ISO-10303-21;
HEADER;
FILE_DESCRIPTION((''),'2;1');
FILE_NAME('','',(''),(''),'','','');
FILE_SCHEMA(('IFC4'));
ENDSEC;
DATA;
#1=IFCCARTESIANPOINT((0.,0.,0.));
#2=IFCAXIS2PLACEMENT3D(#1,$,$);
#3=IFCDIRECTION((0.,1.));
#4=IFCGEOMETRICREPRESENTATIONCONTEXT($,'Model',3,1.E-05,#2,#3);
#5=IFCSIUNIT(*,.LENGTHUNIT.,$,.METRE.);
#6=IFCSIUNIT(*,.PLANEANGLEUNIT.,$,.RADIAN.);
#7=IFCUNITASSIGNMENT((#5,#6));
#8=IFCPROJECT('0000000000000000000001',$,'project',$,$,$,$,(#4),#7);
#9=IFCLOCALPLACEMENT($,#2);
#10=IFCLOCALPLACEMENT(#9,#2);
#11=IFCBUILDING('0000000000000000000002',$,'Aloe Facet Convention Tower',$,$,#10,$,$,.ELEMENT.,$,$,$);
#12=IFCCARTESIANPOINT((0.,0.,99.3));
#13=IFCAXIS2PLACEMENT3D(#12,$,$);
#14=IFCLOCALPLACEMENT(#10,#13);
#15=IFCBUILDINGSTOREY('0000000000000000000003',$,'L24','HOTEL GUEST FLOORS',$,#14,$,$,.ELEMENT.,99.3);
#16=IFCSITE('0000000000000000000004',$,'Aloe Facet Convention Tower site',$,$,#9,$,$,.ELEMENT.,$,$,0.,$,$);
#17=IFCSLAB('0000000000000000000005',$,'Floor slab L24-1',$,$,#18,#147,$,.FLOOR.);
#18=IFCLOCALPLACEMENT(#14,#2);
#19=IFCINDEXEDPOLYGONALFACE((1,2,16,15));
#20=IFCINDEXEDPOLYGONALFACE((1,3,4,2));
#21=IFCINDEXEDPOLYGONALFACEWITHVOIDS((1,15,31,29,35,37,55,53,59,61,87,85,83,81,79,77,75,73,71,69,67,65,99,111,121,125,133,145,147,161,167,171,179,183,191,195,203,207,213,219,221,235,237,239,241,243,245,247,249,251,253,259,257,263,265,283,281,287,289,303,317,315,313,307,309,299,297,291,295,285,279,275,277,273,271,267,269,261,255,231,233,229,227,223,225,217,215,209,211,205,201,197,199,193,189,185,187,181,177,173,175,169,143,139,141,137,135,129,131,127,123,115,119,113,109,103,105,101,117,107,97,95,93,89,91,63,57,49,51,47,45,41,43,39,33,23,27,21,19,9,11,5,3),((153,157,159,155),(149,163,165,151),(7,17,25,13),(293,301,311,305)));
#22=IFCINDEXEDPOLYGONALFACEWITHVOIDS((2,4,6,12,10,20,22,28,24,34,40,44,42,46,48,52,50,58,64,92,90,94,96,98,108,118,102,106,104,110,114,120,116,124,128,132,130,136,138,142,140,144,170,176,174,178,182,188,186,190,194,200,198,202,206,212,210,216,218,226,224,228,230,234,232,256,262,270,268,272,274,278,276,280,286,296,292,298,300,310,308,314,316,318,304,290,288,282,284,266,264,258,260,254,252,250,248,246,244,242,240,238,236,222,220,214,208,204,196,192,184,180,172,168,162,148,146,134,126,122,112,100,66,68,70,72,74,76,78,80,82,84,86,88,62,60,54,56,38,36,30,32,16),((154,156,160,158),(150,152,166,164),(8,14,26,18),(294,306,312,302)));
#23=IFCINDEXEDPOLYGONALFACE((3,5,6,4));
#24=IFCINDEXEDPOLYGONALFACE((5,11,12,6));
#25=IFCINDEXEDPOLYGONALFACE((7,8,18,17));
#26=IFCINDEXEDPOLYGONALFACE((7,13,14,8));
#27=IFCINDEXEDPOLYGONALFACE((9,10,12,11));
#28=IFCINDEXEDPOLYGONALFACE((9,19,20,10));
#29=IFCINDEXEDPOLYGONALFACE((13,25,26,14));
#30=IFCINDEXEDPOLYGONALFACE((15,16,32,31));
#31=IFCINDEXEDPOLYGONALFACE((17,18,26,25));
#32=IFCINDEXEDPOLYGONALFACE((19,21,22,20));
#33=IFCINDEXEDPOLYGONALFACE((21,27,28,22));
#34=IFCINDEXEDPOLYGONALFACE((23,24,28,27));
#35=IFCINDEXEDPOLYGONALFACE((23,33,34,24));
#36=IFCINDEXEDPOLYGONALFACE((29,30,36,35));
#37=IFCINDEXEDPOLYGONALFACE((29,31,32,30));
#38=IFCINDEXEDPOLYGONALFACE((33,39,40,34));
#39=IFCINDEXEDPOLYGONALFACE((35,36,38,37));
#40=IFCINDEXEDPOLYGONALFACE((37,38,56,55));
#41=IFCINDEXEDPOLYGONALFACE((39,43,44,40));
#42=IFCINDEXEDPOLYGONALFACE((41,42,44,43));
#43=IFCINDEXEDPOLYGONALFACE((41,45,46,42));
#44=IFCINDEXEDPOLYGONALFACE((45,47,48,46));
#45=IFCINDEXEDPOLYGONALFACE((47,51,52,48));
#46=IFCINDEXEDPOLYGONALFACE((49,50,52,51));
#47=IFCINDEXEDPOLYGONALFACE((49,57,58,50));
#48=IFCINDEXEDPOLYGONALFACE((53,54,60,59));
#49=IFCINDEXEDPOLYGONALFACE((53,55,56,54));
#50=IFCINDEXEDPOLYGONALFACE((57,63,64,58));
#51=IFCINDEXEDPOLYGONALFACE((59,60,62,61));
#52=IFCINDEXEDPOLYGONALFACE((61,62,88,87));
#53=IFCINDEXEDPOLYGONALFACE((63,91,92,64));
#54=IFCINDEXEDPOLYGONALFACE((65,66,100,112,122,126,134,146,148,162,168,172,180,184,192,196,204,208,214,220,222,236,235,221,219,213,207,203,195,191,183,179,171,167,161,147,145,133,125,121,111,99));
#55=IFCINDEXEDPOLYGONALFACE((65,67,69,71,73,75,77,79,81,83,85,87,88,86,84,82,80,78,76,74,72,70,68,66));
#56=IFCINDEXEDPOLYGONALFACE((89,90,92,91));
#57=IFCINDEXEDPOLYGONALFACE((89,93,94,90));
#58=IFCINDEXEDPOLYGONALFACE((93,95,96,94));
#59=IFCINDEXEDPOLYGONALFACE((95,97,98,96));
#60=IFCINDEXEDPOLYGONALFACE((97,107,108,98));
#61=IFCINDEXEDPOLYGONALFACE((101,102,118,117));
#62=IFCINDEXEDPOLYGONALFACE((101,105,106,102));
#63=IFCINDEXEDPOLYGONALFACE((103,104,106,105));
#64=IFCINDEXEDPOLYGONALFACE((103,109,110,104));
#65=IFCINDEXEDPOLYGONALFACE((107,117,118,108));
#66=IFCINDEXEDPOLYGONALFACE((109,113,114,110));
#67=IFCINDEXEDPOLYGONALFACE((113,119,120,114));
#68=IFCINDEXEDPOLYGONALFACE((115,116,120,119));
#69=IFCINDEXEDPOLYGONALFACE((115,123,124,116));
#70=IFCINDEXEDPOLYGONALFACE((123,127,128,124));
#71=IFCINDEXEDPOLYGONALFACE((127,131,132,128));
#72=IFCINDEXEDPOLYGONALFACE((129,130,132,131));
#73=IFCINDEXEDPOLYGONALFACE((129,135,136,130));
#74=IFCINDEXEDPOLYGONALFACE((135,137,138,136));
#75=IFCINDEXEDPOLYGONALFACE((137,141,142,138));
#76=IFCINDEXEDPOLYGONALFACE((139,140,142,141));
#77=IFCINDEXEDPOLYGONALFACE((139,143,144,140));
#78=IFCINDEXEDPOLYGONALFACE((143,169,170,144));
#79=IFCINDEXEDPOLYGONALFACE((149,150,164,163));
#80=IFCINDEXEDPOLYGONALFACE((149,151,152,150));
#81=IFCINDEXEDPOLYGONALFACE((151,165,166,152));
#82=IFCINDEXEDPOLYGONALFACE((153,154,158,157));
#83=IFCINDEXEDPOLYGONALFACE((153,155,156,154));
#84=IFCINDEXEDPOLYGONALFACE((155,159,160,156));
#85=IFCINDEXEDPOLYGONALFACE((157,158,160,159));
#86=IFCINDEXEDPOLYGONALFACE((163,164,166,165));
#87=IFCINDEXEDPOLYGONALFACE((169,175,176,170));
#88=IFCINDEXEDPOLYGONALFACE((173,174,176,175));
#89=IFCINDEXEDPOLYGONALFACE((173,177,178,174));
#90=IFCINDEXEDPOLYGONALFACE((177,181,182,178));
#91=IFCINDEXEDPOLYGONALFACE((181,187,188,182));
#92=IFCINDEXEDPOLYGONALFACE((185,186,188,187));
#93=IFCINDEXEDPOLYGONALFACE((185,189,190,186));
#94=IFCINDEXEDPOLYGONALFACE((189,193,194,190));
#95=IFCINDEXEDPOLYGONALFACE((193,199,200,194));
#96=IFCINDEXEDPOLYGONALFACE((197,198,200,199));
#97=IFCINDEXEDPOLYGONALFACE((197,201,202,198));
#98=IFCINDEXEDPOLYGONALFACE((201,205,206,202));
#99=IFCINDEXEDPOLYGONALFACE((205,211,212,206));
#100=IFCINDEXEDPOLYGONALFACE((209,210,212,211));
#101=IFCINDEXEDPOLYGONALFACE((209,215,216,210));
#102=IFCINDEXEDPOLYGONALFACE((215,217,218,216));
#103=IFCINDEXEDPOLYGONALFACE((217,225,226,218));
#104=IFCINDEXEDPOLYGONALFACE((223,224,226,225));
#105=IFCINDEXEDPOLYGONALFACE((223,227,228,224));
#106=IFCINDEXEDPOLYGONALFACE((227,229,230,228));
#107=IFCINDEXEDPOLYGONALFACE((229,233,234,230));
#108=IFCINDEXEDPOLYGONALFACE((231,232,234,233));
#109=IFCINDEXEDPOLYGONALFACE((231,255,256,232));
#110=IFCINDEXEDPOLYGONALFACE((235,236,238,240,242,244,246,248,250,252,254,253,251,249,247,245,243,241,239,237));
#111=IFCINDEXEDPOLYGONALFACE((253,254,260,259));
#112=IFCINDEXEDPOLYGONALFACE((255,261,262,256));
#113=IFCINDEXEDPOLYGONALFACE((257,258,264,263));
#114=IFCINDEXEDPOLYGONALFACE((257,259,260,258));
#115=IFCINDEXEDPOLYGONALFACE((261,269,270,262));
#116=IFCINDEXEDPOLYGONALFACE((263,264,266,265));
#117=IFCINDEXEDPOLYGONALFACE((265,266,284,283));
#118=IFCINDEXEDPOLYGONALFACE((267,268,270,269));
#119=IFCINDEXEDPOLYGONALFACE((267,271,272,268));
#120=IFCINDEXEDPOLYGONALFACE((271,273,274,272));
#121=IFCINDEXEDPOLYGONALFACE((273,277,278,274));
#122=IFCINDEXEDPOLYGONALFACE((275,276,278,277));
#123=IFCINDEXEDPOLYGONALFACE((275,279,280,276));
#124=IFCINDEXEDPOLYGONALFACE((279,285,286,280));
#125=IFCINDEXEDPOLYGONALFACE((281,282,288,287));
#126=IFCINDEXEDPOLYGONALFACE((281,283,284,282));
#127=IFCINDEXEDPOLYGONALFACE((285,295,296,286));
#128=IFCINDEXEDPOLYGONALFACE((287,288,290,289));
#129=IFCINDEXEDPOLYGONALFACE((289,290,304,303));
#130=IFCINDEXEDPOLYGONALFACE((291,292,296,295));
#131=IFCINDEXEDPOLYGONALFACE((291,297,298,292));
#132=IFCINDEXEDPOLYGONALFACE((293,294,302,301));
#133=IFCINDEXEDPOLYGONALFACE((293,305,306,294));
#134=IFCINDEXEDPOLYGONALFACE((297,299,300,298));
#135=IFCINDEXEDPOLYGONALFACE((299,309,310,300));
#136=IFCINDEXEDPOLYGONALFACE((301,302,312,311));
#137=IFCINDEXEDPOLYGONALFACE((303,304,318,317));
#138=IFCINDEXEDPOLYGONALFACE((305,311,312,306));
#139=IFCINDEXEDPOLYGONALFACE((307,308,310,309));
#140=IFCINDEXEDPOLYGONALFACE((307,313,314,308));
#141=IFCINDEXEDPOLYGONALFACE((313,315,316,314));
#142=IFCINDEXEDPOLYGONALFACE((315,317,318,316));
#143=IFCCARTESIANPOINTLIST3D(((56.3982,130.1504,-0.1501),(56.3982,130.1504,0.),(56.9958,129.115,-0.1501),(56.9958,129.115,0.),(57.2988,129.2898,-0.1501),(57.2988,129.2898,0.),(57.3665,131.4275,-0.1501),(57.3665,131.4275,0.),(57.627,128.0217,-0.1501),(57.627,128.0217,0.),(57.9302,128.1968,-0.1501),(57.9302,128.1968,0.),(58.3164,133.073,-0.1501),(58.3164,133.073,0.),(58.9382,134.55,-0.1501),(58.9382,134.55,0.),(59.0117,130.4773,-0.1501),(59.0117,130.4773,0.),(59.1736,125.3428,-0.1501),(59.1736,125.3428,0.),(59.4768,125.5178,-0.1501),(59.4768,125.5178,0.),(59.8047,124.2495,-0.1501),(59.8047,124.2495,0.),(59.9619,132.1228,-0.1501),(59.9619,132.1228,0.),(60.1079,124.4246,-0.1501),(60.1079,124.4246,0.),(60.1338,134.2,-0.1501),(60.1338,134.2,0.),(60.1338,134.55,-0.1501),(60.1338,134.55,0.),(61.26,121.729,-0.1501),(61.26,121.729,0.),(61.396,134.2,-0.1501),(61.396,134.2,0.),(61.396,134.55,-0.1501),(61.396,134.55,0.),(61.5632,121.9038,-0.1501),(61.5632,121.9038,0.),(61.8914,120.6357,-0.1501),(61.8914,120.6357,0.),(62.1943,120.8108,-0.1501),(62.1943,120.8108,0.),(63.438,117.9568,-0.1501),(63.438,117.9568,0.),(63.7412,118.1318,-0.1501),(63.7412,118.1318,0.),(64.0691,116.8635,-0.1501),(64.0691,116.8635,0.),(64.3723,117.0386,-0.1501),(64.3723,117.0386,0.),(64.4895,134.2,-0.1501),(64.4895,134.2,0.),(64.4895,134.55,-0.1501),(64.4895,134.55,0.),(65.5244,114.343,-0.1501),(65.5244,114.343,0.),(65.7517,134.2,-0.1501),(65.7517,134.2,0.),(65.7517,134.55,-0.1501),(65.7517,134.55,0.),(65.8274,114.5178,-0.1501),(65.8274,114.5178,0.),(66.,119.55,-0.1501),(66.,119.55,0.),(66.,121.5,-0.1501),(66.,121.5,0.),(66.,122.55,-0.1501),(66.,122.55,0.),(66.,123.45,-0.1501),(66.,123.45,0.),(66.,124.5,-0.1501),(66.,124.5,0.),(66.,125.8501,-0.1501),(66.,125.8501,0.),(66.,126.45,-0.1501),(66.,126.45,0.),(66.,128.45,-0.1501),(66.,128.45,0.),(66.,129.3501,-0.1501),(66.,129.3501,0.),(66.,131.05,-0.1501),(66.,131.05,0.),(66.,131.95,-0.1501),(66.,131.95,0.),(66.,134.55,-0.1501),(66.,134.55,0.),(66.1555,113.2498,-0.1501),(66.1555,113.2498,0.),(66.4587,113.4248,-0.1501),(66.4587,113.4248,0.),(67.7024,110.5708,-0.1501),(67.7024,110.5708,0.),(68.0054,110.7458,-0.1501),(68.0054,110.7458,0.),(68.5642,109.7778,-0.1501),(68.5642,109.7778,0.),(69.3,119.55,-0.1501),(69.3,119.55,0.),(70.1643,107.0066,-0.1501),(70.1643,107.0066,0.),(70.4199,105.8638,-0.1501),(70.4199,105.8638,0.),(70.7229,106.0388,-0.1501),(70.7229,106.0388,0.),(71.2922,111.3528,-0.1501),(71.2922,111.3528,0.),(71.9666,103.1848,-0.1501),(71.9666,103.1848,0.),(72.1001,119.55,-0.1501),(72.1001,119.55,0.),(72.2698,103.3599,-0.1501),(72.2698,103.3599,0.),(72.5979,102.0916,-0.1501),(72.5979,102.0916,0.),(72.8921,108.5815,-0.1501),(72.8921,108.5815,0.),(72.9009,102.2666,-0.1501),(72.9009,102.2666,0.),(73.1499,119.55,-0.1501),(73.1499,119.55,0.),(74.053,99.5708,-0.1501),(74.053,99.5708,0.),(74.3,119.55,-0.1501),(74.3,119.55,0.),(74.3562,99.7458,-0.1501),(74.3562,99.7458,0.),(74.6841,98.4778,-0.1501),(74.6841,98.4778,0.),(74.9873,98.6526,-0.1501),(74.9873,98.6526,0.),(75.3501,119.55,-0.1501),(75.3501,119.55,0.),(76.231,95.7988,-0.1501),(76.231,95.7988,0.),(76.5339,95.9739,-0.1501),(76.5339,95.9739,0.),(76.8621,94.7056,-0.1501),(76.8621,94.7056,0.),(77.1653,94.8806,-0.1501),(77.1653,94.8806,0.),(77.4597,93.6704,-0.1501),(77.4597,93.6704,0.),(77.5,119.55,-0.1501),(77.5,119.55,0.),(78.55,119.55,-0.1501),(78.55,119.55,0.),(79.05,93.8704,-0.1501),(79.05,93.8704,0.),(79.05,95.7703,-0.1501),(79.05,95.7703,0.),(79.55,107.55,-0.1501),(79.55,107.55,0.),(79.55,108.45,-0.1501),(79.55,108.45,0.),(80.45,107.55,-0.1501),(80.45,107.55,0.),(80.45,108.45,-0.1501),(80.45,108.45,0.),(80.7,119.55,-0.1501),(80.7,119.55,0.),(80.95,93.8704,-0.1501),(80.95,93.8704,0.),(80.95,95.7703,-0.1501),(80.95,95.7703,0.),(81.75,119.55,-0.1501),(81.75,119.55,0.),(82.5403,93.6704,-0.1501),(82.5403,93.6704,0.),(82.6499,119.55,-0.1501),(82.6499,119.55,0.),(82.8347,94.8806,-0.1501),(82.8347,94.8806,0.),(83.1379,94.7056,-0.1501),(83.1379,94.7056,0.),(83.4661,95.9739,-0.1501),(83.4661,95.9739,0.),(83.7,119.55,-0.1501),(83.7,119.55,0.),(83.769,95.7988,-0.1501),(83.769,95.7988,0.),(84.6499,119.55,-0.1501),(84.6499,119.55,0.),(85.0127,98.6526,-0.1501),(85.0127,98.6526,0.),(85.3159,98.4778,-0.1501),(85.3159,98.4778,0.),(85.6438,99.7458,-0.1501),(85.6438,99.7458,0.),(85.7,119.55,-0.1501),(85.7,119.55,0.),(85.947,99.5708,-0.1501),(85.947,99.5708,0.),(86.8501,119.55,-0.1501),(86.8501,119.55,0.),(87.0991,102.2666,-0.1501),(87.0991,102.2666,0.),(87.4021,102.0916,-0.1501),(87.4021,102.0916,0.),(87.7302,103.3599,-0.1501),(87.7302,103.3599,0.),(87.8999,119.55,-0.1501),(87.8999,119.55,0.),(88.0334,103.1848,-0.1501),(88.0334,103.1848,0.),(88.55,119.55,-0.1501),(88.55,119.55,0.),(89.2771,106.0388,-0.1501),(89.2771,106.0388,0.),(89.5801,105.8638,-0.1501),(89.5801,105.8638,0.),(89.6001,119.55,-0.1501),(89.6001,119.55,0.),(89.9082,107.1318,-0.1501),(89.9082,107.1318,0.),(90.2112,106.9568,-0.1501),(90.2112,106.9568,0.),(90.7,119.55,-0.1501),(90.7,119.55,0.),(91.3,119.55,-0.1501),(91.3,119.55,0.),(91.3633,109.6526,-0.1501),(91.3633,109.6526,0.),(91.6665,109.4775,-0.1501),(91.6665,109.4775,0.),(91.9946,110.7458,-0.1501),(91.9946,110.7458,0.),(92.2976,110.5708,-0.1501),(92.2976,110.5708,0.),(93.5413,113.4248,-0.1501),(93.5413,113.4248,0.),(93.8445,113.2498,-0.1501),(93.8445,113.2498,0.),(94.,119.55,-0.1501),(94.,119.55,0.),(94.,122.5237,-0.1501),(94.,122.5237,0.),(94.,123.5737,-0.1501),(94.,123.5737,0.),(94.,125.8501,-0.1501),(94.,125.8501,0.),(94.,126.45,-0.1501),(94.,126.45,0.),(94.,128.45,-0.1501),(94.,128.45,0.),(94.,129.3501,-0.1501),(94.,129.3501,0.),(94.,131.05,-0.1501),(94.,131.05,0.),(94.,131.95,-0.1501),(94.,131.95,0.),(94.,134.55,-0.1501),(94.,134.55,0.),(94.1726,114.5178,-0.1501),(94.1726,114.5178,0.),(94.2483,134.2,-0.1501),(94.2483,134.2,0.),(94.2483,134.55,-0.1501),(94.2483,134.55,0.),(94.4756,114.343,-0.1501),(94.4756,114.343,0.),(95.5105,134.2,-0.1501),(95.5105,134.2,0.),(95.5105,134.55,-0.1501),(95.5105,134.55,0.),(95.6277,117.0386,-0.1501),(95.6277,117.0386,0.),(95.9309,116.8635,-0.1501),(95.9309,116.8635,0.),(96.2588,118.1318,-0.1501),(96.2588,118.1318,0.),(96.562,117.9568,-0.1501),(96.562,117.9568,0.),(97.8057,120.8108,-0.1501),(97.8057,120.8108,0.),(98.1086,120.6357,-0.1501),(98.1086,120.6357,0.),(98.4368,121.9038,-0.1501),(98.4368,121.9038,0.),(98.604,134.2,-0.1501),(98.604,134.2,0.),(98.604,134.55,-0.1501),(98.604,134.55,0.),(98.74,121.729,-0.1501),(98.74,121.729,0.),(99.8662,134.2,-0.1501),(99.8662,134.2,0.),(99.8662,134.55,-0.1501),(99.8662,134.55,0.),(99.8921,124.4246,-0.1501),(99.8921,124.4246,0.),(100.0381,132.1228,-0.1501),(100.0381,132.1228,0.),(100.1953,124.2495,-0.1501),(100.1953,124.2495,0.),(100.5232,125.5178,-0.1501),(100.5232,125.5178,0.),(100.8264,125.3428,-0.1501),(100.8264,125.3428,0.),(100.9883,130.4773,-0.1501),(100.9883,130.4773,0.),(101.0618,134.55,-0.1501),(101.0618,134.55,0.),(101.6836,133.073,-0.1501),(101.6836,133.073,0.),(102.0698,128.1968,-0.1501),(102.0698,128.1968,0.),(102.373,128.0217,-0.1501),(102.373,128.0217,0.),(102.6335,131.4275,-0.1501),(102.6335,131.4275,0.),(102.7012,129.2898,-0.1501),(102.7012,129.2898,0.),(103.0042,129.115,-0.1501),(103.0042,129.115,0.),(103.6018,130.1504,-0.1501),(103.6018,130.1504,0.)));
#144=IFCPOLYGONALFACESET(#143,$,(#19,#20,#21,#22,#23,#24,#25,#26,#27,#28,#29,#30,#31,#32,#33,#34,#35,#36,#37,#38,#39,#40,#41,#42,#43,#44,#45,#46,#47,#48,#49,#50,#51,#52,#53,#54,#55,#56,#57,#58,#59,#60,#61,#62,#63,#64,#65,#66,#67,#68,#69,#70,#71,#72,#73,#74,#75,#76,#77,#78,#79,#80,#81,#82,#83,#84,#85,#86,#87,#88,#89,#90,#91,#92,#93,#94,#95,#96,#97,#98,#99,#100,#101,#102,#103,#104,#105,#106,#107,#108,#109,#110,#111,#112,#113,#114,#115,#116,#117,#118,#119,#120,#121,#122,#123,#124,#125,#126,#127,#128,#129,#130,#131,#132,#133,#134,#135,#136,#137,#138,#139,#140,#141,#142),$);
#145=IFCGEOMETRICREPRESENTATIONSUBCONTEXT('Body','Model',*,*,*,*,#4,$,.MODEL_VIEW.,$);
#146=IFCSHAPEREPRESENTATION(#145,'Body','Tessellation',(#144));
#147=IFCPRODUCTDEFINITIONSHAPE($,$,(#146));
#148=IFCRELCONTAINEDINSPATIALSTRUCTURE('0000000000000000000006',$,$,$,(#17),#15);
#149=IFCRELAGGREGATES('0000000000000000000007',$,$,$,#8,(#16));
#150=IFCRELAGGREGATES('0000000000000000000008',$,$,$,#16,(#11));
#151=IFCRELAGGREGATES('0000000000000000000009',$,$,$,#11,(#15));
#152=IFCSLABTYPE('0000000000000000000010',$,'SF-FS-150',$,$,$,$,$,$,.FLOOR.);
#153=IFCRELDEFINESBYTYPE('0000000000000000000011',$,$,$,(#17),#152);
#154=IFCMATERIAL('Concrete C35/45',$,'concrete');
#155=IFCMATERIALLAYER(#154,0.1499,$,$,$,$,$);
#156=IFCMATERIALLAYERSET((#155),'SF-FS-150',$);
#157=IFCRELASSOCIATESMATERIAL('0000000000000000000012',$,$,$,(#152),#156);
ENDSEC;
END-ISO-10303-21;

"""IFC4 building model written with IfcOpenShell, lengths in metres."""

from ifc_helpers import new_model, si_unit, direction, frame, origin, place, context, subcontext, project, spatial, polyline, outline, extrude, material, layer, layer_set, type_object, element, save


model = new_model("IFC4")

# Units and contexts
model_context = context("Model", 3, precision=1e-05, world=origin(), true_north=direction((0.0, 1.0)))
body_context = subcontext(model_context, "Body", "Model", "MODEL_VIEW")
ifc_project = project(units=[si_unit("LENGTHUNIT", "METRE"), si_unit("PLANEANGLEUNIT", "RADIAN")], contexts=[model_context])

# Site, building, storey
site_placement = place(None, origin())
site = spatial("IfcSite", under=ifc_project, at=site_placement, Name="Aloe Facet Convention Tower site", CompositionType="ELEMENT", RefElevation=0.0)
building_placement = place(site_placement, origin())
building = spatial("IfcBuilding", under=site, at=building_placement, Name="Aloe Facet Convention Tower", CompositionType="ELEMENT")
storey_placement = place(building_placement, frame((0.0, 0.0, 99.3)))
storey = spatial("IfcBuildingStorey", under=building, at=storey_placement, Name="L24", Description="HOTEL GUEST FLOORS", CompositionType="ELEMENT", Elevation=99.3)

# Slab
ifc_material_1 = material(Name="Concrete C35/45", Category="concrete")
ifc_layer_1 = layer(ifc_material_1, 0.1499)
ifc_layer_set_1 = layer_set([ifc_layer_1], Name="SF-FS-150")
slab_type_1 = type_object("IfcSlabType", Name="SF-FS-150", PredefinedType="FLOOR", material=ifc_layer_set_1)
slab_1_placement = place(storey_placement, frame((0.0, 0.0, -0.1501)))
element("IfcSlab", 1, at=slab_1_placement, inside=storey, type_object=slab_type_1, Name="Floor slab L24-1", PredefinedType="FLOOR", context=body_context, shape_type="SweptSolid", body=[
    extrude(outline(polyline([(58.9382, 134.55), (60.1338, 134.55), (60.1338, 134.2), (61.396, 134.2), (61.396, 134.55), (64.4895, 134.55), (64.4895, 134.2), (65.7517, 134.2), (65.7517, 134.55), (66.0, 134.55), (66.0, 131.95), (66.0, 131.05), (66.0, 129.3501), (66.0, 128.45), (66.0, 126.45), (66.0, 125.8501), (66.0, 124.5), (66.0, 123.45), (66.0, 122.55), (66.0, 121.5), (66.0, 119.55), (69.3, 119.55), (72.1001, 119.55), (73.1499, 119.55), (74.3, 119.55), (75.3501, 119.55), (77.5, 119.55), (78.55, 119.55), (80.7, 119.55), (81.75, 119.55), (82.6499, 119.55), (83.7, 119.55), (84.6499, 119.55), (85.7, 119.55), (86.8501, 119.55), (87.8999, 119.55), (88.55, 119.55), (89.6001, 119.55), (90.7, 119.55), (91.3, 119.55), (94.0, 119.55), (94.0, 122.5237), (94.0, 123.5737), (94.0, 125.8501), (94.0, 126.45), (94.0, 128.45), (94.0, 129.3501), (94.0, 131.05), (94.0, 131.95), (94.0, 134.55), (94.2483, 134.55), (94.2483, 134.2), (95.5105, 134.2), (95.5105, 134.55), (98.604, 134.55), (98.604, 134.2), (99.8662, 134.2), (99.8662, 134.55), (101.0618, 134.55), (103.6018, 130.1504), (103.0042, 129.115), (102.7012, 129.2898), (102.0698, 128.1968), (102.373, 128.0217), (100.8264, 125.3428), (100.5232, 125.5178), (99.8921, 124.4246), (100.1953, 124.2495), (98.74, 121.729), (98.4368, 121.9038), (97.8057, 120.8108), (98.1086, 120.6357), (96.562, 117.9568), (96.2588, 118.1318), (95.6277, 117.0386), (95.9309, 116.8635), (94.4756, 114.343), (94.1726, 114.5178), (93.5413, 113.4248), (93.8445, 113.2498), (92.2976, 110.5708), (91.9946, 110.7458), (91.3633, 109.6526), (91.6665, 109.4775), (90.2112, 106.9568), (89.9082, 107.1318), (89.2771, 106.0388), (89.5801, 105.8638), (88.0334, 103.1848), (87.7302, 103.3599), (87.0991, 102.2666), (87.4021, 102.0916), (85.947, 99.5708), (85.6438, 99.7458), (85.0127, 98.6526), (85.3159, 98.4778), (83.769, 95.7988), (83.4661, 95.9739), (82.8347, 94.8806), (83.1379, 94.7056), (82.5403, 93.6704), (77.4597, 93.6704), (76.8621, 94.7056), (77.1653, 94.8806), (76.5339, 95.9739), (76.231, 95.7988), (74.6841, 98.4778), (74.9873, 98.6526), (74.3562, 99.7458), (74.053, 99.5708), (72.5979, 102.0916), (72.9009, 102.2666), (72.2698, 103.3599), (71.9666, 103.1848), (70.4199, 105.8638), (70.7229, 106.0388), (70.1643, 107.0066), (72.8921, 108.5815), (71.2922, 111.3528), (68.5642, 109.7778), (68.0054, 110.7458), (67.7024, 110.5708), (66.1555, 113.2498), (66.4587, 113.4248), (65.8274, 114.5178), (65.5244, 114.343), (64.0691, 116.8635), (64.3723, 117.0386), (63.7412, 118.1318), (63.438, 117.9568), (61.8914, 120.6357), (62.1943, 120.8108), (61.5632, 121.9038), (61.26, 121.729), (59.8047, 124.2495), (60.1079, 124.4246), (59.4768, 125.5178), (59.1736, 125.3428), (57.627, 128.0217), (57.9302, 128.1968), (57.2988, 129.2898), (56.9958, 129.115), (56.3982, 130.1504), (58.9382, 134.55)]), holes=[polyline([(80.45, 107.55), (80.45, 108.45), (79.55, 108.45), (79.55, 107.55), (80.45, 107.55)]), polyline([(58.3164, 133.073), (57.3665, 131.4275), (59.0117, 130.4773), (59.9619, 132.1228), (58.3164, 133.073)]), polyline([(79.05, 93.8704), (80.95, 93.8704), (80.95, 95.7703), (79.05, 95.7703), (79.05, 93.8704)]), polyline([(102.6335, 131.4275), (101.6836, 133.073), (100.0381, 132.1228), (100.9883, 130.4773), (102.6335, 131.4275)])]), origin(), (0.0, 0.0, 1.0), 0.1501),
])

save(model, "model.ifc")
